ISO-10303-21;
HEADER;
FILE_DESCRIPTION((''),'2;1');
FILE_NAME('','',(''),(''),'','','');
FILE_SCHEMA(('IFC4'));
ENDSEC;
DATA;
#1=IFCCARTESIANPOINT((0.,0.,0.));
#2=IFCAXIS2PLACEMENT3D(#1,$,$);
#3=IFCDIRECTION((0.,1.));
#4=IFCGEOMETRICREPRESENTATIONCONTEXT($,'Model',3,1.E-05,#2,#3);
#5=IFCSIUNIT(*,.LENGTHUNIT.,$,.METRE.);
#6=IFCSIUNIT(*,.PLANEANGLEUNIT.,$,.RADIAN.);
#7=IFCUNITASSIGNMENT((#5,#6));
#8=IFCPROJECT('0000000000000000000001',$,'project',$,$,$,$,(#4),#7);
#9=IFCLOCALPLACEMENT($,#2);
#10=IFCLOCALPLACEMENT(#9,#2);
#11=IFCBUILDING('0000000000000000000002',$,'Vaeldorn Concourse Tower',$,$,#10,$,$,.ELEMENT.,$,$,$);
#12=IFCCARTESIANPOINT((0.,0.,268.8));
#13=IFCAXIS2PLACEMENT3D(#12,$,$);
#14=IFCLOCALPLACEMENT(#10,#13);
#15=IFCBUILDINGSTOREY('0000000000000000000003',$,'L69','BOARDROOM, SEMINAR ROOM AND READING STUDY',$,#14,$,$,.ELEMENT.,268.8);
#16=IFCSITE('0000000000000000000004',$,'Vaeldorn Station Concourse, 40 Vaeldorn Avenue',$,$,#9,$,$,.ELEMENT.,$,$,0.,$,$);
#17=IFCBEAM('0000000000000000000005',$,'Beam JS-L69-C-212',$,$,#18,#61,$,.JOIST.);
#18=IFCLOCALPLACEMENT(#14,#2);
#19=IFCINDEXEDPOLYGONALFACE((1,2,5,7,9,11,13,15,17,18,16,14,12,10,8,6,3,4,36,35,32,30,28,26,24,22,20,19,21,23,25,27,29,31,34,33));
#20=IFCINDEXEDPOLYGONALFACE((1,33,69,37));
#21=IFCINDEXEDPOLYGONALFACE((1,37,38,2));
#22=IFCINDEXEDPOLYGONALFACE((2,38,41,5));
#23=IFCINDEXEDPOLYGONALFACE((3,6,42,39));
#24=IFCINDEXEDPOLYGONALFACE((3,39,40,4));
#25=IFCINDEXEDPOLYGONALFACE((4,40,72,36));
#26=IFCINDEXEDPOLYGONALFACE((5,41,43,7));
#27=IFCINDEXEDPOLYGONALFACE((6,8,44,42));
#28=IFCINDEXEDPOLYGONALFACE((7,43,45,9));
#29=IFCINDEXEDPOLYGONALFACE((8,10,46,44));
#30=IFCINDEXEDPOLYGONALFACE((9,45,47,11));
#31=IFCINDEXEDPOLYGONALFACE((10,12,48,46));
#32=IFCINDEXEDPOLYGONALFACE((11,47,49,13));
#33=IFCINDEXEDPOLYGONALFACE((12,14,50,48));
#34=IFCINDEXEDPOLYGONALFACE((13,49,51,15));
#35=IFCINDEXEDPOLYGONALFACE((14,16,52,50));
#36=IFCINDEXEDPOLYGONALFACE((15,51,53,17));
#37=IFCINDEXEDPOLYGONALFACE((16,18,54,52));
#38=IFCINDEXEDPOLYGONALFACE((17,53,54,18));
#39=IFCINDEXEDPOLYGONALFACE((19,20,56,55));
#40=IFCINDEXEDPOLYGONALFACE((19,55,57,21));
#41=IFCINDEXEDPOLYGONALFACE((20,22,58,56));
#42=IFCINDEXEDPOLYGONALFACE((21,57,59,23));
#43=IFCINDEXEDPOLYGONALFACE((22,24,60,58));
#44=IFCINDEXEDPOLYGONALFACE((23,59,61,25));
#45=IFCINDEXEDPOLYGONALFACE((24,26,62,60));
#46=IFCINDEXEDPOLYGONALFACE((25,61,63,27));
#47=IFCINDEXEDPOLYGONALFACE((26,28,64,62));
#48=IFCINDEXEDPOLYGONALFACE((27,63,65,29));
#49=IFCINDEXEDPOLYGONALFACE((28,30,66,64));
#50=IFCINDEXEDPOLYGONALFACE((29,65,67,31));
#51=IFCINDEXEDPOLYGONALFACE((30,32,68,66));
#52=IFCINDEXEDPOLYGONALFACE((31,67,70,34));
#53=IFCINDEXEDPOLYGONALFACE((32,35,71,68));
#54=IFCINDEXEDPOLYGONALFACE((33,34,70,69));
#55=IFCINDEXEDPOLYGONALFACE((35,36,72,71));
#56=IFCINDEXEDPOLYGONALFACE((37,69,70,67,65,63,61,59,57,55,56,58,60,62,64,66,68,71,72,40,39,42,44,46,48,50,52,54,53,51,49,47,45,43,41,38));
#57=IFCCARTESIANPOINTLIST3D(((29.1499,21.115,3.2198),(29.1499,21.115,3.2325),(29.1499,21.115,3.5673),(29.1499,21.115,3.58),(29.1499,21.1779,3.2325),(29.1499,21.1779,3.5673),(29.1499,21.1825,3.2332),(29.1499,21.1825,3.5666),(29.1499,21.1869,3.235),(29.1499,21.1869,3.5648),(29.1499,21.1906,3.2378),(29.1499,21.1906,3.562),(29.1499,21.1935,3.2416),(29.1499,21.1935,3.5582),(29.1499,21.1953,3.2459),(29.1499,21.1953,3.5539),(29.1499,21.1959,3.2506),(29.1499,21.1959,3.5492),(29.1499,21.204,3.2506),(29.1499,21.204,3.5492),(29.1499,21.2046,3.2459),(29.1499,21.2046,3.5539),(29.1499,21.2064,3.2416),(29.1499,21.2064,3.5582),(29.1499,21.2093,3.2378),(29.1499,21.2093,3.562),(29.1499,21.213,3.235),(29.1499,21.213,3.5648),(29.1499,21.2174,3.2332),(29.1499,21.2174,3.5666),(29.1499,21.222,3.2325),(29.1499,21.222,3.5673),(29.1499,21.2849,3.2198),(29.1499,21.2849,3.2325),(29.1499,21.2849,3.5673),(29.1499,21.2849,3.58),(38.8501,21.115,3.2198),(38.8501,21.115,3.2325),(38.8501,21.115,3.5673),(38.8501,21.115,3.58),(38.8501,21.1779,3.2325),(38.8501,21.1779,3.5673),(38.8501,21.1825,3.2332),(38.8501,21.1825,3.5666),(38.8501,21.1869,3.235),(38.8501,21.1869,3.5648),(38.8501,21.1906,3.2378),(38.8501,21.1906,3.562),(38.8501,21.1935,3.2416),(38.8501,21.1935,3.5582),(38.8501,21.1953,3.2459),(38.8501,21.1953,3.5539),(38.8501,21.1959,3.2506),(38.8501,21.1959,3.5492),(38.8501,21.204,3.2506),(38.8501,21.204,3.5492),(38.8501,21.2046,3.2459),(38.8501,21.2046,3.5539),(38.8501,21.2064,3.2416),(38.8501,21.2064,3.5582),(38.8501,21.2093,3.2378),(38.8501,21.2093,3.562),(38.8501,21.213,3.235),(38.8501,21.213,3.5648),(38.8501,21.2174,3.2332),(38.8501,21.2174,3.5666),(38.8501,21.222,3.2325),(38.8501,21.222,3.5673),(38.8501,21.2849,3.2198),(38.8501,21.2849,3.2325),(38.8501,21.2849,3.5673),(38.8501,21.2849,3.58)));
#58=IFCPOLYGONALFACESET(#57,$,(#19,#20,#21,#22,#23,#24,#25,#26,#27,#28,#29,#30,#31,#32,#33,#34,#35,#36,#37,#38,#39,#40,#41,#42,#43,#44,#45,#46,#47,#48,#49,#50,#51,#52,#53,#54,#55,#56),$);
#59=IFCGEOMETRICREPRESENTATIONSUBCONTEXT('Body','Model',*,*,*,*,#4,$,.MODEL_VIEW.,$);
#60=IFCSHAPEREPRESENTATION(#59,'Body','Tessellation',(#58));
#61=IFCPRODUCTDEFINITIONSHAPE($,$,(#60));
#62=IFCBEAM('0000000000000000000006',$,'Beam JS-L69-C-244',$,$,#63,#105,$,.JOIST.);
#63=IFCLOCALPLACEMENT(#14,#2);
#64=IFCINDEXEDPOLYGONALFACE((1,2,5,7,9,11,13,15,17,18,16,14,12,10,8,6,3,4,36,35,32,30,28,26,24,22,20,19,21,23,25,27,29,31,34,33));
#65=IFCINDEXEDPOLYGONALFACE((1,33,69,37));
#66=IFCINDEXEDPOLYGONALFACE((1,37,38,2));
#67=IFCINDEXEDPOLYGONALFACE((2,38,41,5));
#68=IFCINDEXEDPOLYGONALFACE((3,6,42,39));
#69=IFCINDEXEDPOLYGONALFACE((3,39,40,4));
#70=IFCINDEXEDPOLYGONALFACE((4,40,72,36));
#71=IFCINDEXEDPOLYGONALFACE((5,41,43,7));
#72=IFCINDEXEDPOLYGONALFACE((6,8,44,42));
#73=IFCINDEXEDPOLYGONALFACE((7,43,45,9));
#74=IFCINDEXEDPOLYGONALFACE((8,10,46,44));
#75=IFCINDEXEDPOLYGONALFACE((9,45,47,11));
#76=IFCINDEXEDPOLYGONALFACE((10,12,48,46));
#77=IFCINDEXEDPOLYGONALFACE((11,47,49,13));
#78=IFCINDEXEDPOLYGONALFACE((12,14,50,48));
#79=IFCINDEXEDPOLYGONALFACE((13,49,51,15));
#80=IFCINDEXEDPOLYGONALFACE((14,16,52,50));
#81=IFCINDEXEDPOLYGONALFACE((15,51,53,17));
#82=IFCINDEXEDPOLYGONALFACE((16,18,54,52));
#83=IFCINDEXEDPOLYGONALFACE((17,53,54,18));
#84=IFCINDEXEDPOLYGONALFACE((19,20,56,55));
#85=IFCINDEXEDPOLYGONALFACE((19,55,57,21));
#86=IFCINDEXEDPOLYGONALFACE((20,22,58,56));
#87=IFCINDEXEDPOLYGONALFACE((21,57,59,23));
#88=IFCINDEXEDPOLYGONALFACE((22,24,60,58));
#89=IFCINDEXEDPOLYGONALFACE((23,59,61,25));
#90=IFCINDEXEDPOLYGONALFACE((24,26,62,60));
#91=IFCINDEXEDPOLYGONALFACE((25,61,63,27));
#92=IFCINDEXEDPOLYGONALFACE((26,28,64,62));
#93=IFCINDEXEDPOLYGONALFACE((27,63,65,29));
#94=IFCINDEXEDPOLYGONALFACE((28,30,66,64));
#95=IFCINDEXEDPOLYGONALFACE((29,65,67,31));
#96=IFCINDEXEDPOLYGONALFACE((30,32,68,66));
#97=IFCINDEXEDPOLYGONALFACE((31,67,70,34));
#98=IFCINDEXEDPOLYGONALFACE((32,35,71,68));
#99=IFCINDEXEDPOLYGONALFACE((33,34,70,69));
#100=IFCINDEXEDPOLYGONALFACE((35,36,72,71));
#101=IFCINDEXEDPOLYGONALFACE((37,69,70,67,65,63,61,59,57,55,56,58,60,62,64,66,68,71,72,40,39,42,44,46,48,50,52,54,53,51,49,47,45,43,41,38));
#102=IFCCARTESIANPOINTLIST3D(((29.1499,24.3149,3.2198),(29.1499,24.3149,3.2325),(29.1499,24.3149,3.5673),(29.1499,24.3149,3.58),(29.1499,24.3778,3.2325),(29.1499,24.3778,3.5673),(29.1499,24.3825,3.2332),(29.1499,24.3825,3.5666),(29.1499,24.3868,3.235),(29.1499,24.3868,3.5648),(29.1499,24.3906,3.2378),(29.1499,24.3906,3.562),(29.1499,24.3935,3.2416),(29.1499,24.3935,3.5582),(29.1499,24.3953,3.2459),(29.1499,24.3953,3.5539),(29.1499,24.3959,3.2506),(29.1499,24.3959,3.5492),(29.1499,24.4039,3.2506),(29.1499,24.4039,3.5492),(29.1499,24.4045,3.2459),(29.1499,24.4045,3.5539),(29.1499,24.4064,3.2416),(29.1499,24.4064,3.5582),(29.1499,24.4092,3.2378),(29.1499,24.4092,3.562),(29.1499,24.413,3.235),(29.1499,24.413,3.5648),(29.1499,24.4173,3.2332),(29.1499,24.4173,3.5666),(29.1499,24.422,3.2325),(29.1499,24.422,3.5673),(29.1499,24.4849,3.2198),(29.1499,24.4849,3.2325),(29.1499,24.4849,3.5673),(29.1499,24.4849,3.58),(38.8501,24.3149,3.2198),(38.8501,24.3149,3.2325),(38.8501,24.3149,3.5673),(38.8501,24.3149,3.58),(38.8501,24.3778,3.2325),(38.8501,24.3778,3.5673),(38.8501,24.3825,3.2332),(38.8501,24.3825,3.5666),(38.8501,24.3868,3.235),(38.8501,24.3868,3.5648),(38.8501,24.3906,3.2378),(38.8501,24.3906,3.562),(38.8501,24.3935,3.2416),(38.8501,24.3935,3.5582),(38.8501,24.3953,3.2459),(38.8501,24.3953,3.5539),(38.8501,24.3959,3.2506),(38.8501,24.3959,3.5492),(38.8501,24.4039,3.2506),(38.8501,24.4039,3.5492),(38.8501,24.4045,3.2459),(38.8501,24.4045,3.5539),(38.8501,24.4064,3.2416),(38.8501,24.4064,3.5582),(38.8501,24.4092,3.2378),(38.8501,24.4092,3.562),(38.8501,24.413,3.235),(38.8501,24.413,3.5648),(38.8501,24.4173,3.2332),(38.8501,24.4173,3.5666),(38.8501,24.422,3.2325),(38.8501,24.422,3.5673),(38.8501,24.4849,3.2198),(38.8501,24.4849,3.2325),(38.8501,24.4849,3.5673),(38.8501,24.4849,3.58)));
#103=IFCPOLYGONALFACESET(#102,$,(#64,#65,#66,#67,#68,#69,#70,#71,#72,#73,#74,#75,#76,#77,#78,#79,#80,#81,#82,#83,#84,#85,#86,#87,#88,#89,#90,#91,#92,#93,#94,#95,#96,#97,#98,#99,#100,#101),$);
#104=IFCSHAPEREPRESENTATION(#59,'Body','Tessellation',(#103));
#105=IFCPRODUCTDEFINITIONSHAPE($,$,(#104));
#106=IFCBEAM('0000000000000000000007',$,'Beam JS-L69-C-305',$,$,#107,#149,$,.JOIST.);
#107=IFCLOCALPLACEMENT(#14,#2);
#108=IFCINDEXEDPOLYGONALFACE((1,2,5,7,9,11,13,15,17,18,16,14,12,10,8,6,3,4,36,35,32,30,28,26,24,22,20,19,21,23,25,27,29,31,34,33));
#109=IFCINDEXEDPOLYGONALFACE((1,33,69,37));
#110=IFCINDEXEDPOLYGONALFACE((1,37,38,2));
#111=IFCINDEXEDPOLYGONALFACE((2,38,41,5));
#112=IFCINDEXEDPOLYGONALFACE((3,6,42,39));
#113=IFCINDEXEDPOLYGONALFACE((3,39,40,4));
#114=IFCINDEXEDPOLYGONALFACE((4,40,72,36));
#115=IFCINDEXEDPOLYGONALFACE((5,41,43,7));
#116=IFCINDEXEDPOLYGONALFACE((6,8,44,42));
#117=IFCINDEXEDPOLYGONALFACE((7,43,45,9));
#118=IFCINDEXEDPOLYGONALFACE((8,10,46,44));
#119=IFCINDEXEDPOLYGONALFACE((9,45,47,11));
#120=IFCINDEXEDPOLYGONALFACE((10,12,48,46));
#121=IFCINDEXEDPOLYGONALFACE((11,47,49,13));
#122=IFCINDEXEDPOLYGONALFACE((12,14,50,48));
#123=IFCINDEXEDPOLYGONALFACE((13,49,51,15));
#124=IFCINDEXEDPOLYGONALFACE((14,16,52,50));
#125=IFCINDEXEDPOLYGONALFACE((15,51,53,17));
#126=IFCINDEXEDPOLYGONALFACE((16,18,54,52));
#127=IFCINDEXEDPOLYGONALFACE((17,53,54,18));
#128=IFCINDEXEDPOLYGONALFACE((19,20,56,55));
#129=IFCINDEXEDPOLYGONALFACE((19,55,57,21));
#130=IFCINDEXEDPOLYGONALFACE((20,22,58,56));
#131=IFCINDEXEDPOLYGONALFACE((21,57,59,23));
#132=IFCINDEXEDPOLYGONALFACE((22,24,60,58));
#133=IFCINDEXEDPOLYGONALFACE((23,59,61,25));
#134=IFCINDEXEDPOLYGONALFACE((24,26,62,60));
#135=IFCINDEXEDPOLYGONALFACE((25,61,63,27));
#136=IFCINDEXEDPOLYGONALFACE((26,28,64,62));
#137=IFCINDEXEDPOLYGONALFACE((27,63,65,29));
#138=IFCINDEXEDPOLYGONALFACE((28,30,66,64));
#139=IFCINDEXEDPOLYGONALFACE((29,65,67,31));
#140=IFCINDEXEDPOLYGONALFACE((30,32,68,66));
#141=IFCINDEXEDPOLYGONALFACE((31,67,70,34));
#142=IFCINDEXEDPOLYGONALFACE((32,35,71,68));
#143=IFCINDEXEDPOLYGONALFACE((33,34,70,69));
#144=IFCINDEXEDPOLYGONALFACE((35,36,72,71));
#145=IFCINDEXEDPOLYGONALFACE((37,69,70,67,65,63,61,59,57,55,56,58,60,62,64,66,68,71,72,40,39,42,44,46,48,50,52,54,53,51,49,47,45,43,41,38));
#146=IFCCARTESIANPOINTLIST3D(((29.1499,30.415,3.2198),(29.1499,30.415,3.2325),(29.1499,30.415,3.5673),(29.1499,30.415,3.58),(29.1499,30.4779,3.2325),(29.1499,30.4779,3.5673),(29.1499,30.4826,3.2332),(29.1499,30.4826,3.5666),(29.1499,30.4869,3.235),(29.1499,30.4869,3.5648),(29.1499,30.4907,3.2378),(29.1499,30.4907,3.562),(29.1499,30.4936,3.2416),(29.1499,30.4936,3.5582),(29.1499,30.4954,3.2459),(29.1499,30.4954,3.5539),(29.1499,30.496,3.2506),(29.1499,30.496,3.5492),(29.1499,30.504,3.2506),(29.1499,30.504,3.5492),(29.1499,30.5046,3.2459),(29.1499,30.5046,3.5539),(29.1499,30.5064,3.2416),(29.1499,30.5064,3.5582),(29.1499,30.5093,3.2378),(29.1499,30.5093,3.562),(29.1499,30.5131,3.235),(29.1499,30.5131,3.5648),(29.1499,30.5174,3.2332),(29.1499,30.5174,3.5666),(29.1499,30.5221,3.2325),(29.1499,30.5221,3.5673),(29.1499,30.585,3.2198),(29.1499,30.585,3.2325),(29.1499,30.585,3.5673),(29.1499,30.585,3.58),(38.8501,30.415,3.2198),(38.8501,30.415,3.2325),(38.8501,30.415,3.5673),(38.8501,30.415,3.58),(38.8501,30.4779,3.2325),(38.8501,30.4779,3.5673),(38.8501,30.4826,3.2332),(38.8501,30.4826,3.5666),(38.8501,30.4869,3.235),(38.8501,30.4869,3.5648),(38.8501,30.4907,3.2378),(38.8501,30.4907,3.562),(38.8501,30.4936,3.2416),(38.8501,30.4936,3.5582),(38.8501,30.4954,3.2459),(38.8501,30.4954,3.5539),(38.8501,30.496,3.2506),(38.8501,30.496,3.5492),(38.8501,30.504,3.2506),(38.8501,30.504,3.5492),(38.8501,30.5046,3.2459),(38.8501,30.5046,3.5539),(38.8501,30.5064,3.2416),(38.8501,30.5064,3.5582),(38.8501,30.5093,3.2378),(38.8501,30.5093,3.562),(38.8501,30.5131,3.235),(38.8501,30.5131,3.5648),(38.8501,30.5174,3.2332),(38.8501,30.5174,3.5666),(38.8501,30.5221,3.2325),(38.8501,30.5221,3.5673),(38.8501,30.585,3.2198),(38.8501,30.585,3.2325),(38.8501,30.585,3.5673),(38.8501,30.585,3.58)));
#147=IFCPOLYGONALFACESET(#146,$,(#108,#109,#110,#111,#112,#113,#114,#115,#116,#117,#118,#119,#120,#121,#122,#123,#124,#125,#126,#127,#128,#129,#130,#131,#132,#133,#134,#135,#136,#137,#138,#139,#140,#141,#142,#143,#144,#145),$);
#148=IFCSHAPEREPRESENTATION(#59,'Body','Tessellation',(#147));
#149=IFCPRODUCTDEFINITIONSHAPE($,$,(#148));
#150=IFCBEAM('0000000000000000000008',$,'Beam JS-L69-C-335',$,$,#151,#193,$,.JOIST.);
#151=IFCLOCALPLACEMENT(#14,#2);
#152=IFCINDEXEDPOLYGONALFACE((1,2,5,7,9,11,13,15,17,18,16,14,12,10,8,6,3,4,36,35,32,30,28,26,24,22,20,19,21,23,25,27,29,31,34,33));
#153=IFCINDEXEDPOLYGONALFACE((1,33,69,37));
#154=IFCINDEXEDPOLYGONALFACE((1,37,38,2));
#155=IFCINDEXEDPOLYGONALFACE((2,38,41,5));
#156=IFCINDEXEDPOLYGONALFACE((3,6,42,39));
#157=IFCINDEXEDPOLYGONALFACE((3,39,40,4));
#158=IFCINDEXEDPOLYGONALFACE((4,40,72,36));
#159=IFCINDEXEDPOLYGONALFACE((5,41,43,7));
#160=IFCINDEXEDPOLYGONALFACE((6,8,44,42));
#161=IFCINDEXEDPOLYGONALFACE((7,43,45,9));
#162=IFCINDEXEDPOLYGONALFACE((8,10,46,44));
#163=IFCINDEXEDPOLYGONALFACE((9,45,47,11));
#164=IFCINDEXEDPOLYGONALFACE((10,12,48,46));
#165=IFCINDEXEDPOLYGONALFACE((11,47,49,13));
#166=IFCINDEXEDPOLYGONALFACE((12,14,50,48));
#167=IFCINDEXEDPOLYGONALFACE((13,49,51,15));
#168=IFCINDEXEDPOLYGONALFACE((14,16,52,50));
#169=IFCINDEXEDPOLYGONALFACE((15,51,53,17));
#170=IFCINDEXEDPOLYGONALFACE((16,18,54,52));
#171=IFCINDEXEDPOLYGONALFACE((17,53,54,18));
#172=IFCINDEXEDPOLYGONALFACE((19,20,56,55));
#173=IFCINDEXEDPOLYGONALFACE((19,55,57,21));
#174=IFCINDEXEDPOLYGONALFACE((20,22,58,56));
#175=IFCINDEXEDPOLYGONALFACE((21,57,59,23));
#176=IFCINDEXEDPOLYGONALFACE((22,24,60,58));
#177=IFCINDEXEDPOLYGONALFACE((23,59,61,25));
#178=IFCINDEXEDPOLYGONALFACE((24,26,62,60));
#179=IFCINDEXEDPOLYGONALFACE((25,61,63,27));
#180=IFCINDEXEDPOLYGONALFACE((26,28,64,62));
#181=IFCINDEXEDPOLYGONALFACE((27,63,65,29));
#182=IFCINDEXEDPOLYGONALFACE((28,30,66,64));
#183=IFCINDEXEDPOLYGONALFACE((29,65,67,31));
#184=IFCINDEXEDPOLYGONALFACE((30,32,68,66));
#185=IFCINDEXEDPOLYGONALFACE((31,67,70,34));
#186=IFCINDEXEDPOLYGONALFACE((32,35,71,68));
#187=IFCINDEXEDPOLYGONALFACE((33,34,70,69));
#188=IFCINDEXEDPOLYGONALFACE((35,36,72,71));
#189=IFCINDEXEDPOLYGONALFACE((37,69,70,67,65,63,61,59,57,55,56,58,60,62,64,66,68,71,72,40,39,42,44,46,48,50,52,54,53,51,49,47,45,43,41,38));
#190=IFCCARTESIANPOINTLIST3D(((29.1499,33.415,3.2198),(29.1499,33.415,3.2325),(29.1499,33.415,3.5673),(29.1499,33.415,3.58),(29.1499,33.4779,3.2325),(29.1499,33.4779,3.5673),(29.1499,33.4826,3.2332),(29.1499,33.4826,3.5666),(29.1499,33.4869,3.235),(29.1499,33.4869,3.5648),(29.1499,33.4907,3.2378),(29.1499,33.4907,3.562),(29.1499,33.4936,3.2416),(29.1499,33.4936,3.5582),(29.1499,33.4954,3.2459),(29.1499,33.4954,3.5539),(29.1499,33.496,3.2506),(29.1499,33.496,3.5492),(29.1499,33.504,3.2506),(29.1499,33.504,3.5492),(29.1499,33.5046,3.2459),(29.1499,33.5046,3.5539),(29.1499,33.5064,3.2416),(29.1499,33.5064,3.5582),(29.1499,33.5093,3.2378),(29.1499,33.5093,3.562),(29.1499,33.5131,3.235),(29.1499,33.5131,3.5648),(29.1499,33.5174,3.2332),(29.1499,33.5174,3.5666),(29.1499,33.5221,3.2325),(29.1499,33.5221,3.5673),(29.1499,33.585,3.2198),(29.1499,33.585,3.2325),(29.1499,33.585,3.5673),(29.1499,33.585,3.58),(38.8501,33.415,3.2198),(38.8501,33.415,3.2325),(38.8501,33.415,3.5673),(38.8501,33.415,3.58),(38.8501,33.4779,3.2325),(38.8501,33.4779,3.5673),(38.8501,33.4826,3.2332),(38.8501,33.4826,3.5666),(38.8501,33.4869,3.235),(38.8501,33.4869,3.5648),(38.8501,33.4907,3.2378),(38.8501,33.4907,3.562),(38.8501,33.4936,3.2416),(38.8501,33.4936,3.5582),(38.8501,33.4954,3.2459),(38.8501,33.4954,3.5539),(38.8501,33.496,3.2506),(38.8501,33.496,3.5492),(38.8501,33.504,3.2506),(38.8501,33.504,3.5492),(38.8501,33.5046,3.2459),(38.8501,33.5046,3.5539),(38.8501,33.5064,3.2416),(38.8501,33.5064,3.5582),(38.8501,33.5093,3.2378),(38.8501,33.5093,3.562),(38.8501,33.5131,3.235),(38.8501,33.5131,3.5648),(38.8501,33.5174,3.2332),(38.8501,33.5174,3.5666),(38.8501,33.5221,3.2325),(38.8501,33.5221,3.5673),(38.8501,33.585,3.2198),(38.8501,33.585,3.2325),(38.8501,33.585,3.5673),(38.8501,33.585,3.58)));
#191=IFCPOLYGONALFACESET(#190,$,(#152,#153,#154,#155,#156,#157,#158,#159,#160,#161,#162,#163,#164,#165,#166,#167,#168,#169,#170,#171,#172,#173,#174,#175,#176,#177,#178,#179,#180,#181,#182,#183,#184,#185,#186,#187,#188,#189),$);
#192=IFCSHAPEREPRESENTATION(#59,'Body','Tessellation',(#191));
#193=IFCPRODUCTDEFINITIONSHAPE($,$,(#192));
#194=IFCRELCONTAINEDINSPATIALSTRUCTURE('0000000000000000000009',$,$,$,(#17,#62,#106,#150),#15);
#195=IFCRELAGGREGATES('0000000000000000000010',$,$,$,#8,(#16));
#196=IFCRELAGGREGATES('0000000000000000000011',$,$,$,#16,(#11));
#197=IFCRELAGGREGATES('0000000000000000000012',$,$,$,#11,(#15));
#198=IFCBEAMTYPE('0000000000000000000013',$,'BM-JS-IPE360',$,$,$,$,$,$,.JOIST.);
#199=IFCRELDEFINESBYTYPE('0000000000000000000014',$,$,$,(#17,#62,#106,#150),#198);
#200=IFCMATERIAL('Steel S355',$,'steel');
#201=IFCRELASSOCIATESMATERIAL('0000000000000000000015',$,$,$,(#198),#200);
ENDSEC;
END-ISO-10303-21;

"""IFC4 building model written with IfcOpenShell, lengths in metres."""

from ifc_helpers import new_model, si_unit, direction, frame, origin, origin_2d, place, context, subcontext, project, spatial, i_section, extrude, source, transform, mapped, material, material_profile, profile_set, type_object, element, save


model = new_model("IFC4")

# Units and contexts
model_context = context("Model", 3, precision=1e-05, world=origin(), true_north=direction((0.0, 1.0)))
body_context = subcontext(model_context, "Body", "Model", "MODEL_VIEW")
ifc_project = project(units=[si_unit("LENGTHUNIT", "METRE"), si_unit("PLANEANGLEUNIT", "RADIAN")], contexts=[model_context])

# Site, building, storey
site_placement = place(None, origin())
site = spatial("IfcSite", under=ifc_project, at=site_placement, Name="Vaeldorn Station Concourse, 40 Vaeldorn Avenue", CompositionType="ELEMENT", RefElevation=0.0)
building_placement = place(site_placement, origin())
building = spatial("IfcBuilding", under=site, at=building_placement, Name="Vaeldorn Concourse Tower", CompositionType="ELEMENT")
storey_placement = place(building_placement, frame((0.0, 0.0, 268.8)))
storey = spatial("IfcBuildingStorey", under=building, at=storey_placement, Name="L69", Description="BOARDROOM, SEMINAR ROOM AND READING STUDY", CompositionType="ELEMENT", Elevation=268.8)

# Shared definitions
ifc_material = material(Name="Steel S355", Category="steel")

# Beams
ifc_material_profile_1 = material_profile(ifc_material, i_section(OverallWidth=0.1699, OverallDepth=0.3601, WebThickness=0.0081, FlangeThickness=0.0127, FilletRadius=0.0181, at=origin_2d()), Name="IPE 360")
ifc_profile_set_1 = profile_set([ifc_material_profile_1], Name="Steel S355")
beam_type_1 = type_object("IfcBeamType", Name="BM-JS-IPE360", PredefinedType="JOIST", material=ifc_profile_set_1)
shared_shape_1 = source(origin(), body_context, "Body", "SweptSolid", [
    extrude(i_section(OverallWidth=0.1699, OverallDepth=0.3601, WebThickness=0.0081, FlangeThickness=0.0127, FilletRadius=0.0181, at=origin_2d()), origin(), (0.0, 0.0, 1.0), 9.7002),
])
for number, where, z_axis, x_axis, name in (
    (1, (29.1499, 21.2, 3.3999), (1.0, 0.0, 0.0), (0.0, 1.0, 0.0), "Beam JS-L69-C-212"),
    (2, (29.1499, 24.3999, 3.3999), (1.0, 0.0, 0.0), (0.0, 1.0, 0.0), "Beam JS-L69-C-244"),
    (3, (29.1499, 30.5, 3.3999), (1.0, 0.0, 0.0), (0.0, 1.0, 0.0), "Beam JS-L69-C-305"),
    (4, (29.1499, 33.5, 3.3999), (1.0, 0.0, 0.0), (0.0, 1.0, 0.0), "Beam JS-L69-C-335"),
):
    element("IfcBeam", number, at=place(storey_placement, frame(where, z_axis=z_axis, x_axis=x_axis)), inside=storey, type_object=beam_type_1, Name=name, PredefinedType="JOIST", context=body_context, shape_type="MappedRepresentation", body=[
        mapped(shared_shape_1, transform((0.0, 0.0, 0.0), scale=1.0)),
    ])

save(model, "model.ifc")
